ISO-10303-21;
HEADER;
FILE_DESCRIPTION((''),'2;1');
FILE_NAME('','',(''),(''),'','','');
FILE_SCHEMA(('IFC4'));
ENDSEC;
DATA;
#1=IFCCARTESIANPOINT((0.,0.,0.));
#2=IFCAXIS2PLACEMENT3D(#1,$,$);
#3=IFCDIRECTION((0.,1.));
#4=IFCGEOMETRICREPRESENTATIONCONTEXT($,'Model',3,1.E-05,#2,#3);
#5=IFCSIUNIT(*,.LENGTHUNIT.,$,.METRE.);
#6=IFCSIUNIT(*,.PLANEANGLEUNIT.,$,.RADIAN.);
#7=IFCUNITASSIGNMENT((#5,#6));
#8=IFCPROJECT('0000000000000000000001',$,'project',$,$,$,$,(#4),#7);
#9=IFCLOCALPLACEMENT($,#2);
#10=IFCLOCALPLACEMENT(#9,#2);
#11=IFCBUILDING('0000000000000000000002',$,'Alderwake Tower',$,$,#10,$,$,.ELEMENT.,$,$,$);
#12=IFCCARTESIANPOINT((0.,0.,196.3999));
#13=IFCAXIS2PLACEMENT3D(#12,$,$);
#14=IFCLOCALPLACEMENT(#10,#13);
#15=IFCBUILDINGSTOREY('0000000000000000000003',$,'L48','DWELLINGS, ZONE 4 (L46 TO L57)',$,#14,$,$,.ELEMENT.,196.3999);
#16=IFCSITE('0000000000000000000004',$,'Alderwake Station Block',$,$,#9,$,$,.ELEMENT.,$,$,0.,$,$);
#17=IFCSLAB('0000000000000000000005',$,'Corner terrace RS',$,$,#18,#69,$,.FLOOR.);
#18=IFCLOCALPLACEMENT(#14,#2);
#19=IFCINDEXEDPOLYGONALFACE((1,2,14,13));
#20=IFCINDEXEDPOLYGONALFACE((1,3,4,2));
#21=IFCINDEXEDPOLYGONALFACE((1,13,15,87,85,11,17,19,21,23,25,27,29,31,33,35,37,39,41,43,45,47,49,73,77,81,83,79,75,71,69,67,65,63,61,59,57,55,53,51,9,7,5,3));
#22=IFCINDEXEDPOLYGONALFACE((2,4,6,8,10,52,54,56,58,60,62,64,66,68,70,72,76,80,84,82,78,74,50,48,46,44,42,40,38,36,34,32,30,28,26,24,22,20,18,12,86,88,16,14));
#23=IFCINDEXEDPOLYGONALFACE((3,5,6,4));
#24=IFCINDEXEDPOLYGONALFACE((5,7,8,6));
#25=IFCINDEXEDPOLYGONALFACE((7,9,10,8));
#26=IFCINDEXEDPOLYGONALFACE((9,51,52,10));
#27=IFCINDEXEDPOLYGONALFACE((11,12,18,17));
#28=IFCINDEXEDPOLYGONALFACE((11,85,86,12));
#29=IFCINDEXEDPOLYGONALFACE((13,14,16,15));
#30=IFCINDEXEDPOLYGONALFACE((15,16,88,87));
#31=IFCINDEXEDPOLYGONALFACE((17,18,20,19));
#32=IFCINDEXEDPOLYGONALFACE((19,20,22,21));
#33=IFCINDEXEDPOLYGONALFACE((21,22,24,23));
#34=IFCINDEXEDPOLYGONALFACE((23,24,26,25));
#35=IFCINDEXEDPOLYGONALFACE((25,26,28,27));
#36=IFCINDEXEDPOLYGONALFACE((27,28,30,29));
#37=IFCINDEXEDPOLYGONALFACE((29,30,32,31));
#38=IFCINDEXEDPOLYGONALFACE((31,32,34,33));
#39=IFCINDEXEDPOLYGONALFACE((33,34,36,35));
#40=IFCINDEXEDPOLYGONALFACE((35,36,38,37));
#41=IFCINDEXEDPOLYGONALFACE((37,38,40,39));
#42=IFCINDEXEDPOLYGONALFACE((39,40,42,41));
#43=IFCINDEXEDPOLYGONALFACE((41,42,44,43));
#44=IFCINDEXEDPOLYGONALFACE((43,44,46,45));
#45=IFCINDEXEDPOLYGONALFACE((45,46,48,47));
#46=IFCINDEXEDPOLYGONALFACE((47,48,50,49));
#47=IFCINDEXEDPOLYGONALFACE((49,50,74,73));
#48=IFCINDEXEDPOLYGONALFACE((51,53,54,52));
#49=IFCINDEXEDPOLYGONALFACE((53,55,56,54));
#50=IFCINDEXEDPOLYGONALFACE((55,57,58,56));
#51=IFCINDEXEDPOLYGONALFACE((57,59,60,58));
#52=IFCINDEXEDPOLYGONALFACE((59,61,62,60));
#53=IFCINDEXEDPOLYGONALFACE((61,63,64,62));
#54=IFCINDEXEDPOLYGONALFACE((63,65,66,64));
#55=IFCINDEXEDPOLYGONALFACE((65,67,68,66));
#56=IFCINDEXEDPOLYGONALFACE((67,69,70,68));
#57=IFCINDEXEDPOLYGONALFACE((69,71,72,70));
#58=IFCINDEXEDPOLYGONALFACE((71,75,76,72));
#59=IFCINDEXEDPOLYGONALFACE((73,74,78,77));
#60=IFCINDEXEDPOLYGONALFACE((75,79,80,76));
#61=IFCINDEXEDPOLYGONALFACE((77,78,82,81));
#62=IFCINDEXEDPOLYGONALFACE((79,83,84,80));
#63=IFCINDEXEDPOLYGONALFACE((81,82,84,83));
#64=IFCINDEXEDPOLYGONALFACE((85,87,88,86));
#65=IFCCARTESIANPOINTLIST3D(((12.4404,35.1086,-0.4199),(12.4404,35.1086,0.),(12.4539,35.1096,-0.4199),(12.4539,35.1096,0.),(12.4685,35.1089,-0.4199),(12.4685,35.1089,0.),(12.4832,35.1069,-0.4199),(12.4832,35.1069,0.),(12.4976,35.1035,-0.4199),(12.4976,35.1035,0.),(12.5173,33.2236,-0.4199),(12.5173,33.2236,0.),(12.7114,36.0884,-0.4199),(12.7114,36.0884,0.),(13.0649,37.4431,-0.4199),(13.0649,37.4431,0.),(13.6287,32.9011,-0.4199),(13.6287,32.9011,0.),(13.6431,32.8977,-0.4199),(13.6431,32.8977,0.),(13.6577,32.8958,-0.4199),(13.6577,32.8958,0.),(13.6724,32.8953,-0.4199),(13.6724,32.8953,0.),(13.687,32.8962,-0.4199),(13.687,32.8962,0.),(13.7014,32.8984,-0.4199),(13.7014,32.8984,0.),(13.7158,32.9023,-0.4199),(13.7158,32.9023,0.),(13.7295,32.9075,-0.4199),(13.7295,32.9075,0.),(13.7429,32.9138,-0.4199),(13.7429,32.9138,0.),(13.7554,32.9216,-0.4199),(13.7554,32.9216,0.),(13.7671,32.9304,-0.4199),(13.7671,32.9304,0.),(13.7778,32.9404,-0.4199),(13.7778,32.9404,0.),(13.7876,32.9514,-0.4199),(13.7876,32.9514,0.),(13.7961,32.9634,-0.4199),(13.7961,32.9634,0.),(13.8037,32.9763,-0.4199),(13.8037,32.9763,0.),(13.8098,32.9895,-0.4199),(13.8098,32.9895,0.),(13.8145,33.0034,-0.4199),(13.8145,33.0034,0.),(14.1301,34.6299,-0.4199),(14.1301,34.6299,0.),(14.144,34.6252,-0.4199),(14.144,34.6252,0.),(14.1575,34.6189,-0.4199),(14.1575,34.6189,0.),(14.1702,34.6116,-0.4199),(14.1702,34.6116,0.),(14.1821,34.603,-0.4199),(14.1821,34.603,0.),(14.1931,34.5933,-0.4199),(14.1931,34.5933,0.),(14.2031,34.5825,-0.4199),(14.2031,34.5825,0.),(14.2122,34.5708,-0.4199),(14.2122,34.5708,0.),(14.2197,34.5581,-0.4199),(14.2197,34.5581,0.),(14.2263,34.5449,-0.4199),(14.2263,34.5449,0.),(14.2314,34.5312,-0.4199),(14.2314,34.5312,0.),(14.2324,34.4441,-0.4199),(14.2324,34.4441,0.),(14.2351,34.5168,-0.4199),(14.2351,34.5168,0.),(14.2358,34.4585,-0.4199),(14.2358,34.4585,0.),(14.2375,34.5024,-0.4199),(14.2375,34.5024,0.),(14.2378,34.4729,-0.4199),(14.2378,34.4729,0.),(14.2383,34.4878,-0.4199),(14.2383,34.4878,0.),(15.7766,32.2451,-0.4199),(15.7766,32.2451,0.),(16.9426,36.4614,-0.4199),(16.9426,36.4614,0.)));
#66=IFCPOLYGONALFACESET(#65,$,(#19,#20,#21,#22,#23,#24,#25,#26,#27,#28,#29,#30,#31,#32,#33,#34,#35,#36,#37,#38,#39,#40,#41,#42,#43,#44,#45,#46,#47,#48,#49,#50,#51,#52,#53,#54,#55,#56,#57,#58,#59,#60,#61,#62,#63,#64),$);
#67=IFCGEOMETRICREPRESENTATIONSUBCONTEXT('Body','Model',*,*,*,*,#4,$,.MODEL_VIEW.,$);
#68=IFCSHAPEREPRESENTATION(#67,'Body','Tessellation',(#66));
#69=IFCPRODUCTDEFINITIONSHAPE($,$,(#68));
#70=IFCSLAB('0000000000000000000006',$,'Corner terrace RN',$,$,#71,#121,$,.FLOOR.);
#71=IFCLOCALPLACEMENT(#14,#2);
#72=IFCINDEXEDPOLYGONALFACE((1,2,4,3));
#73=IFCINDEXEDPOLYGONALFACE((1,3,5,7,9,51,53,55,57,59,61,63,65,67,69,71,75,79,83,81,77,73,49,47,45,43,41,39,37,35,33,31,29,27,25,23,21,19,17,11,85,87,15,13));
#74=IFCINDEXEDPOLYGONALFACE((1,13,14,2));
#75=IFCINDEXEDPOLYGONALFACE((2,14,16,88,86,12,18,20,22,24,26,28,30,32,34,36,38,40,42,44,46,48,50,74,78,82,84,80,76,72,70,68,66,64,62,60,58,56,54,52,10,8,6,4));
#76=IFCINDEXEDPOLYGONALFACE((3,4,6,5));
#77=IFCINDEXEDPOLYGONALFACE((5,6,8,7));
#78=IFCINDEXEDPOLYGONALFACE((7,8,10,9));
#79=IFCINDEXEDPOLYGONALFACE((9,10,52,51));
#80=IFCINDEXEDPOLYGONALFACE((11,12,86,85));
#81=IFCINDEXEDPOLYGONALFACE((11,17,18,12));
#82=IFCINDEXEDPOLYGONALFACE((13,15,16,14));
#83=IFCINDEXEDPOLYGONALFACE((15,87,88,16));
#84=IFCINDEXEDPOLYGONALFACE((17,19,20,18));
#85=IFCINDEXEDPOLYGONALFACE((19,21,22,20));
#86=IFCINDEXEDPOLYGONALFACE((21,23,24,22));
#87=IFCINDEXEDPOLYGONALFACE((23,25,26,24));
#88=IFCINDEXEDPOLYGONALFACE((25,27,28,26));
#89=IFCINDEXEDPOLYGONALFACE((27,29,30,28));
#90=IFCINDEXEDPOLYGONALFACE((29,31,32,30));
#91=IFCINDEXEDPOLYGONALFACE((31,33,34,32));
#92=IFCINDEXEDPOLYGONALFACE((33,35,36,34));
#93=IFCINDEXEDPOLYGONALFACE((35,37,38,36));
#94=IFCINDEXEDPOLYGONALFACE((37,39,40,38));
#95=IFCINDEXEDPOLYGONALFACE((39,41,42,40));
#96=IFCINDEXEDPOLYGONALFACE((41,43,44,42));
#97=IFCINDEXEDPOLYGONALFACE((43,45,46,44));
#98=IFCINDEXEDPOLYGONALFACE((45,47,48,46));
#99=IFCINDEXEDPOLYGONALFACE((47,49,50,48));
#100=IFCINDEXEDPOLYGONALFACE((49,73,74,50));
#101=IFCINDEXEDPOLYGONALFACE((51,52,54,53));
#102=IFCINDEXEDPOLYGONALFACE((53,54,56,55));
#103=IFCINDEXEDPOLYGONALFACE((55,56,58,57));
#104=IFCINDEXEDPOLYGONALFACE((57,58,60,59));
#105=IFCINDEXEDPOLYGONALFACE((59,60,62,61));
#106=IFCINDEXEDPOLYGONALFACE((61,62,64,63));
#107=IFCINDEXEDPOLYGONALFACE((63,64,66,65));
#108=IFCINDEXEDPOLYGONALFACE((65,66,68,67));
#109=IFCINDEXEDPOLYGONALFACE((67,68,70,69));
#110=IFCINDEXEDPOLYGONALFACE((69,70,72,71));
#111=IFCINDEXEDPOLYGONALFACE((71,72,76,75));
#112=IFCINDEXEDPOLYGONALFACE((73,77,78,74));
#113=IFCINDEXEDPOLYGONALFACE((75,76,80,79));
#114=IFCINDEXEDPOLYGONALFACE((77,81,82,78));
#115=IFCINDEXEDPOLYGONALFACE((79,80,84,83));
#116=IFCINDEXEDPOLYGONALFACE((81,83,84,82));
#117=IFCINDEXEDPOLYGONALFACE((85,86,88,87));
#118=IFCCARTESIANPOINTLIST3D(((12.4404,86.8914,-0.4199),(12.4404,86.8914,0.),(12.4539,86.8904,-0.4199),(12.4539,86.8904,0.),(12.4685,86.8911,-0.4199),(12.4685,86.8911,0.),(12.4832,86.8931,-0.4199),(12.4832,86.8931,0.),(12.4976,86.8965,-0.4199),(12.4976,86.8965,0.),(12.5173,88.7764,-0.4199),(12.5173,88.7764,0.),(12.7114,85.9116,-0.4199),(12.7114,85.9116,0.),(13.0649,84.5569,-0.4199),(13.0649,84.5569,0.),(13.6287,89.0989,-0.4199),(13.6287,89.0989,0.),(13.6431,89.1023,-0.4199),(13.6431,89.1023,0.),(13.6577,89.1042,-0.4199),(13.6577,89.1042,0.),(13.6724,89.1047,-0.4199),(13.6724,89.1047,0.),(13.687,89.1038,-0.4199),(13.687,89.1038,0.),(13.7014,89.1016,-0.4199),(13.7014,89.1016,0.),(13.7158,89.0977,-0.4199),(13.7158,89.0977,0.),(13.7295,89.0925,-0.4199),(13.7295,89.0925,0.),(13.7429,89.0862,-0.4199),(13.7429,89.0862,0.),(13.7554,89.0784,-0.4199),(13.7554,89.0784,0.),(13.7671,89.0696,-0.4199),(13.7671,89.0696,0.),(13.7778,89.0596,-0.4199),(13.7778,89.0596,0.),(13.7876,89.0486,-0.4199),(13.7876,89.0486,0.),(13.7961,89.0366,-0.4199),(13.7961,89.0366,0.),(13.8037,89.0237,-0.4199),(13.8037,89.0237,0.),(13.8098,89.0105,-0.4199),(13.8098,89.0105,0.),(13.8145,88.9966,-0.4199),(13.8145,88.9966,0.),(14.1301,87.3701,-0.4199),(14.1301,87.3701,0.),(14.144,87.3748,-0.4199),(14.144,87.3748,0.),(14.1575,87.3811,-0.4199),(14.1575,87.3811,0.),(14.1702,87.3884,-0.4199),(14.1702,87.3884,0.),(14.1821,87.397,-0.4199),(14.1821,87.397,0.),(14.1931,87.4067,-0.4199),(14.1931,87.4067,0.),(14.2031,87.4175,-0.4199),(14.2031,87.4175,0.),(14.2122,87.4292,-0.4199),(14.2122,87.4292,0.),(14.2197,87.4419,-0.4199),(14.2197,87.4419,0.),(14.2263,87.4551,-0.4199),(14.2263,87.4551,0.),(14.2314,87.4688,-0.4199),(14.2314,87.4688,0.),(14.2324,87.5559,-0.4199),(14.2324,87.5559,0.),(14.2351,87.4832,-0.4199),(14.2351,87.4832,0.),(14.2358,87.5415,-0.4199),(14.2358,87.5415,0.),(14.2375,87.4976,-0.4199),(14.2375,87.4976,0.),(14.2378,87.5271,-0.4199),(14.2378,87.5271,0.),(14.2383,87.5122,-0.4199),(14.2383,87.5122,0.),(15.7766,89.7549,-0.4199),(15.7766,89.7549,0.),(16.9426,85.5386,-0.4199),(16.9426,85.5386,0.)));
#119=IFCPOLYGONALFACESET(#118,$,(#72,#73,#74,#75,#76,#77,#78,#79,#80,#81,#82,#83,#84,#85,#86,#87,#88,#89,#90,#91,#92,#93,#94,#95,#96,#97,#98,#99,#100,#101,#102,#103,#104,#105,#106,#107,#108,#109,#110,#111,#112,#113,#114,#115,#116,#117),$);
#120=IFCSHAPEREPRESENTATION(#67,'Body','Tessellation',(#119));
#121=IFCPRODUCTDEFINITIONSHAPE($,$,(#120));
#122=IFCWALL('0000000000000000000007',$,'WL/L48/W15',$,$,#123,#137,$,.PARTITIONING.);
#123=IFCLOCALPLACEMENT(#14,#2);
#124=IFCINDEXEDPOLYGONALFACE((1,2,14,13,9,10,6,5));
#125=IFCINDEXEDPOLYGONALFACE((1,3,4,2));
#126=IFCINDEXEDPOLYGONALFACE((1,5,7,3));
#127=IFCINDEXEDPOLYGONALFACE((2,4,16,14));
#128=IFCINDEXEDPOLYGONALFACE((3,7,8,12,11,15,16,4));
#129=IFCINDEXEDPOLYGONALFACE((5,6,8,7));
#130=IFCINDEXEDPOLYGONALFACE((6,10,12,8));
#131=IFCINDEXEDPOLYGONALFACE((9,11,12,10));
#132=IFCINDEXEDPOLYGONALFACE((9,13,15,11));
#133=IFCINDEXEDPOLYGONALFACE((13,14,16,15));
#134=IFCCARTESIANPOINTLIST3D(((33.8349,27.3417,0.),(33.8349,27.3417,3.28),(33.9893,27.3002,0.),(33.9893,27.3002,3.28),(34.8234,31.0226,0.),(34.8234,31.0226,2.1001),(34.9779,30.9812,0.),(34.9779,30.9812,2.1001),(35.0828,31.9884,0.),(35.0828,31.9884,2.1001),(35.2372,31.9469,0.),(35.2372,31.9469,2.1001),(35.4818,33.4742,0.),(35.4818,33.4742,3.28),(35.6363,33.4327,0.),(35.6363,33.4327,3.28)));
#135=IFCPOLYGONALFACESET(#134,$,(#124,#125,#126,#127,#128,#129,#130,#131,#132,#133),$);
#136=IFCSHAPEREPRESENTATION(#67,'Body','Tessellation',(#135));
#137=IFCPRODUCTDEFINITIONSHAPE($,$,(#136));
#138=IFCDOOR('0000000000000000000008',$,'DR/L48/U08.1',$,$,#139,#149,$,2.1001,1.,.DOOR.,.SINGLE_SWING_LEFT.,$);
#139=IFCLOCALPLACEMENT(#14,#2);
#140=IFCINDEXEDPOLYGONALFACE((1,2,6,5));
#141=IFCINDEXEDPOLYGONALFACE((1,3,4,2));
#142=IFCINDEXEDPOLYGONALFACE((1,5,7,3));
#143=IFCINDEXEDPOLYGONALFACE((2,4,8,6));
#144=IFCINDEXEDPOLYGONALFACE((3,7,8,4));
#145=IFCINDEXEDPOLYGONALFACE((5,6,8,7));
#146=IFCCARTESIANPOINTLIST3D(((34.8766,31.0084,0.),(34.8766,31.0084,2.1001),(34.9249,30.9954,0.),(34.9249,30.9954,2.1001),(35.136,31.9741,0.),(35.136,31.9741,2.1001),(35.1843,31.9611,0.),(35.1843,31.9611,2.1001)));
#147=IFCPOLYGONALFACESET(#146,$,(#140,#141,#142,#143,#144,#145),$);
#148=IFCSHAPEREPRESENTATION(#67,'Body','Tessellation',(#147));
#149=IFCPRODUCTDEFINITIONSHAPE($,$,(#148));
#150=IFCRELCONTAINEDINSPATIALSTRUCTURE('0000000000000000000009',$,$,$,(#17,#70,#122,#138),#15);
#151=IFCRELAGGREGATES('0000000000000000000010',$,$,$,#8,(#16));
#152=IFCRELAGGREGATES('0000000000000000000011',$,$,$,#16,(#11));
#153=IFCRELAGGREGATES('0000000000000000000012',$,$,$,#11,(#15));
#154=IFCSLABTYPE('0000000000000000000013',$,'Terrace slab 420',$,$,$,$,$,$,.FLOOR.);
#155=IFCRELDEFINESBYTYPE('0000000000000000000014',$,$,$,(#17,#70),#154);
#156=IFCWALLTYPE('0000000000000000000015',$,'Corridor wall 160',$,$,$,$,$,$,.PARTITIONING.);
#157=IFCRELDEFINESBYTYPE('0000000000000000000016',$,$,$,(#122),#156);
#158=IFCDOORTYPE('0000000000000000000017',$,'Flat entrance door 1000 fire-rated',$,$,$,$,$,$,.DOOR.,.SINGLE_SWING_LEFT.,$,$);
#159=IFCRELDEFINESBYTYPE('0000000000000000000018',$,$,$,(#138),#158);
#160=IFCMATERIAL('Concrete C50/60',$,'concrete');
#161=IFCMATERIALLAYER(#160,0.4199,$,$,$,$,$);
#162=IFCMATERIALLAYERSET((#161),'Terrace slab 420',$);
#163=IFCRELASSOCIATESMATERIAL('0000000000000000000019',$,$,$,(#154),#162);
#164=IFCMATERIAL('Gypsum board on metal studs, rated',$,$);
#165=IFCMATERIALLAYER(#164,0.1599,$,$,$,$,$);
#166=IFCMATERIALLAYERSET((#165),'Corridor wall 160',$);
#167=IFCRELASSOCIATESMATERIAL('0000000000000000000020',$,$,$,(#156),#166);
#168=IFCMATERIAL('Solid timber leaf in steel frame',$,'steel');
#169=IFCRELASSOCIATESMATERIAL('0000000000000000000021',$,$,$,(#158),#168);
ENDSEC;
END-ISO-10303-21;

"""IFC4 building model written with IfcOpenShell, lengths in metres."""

from ifc_helpers import new_model, si_unit, direction, frame, frame_2d, origin, place, context, subcontext, project, spatial, polyline, rectangle, outline, extrude, material, layer, layer_set, type_object, element, fill, save


model = new_model("IFC4")

# Units and contexts
model_context = context("Model", 3, precision=1e-05, world=origin(), true_north=direction((0.0, 1.0)))
body_context = subcontext(model_context, "Body", "Model", "MODEL_VIEW")
ifc_project = project(units=[si_unit("LENGTHUNIT", "METRE"), si_unit("PLANEANGLEUNIT", "RADIAN")], contexts=[model_context])

# Site, building, storey
site_placement = place(None, origin())
site = spatial("IfcSite", under=ifc_project, at=site_placement, Name="Alderwake Station Block", CompositionType="ELEMENT", RefElevation=0.0)
building_placement = place(site_placement, origin())
building = spatial("IfcBuilding", under=site, at=building_placement, Name="Alderwake Tower", CompositionType="ELEMENT")
storey_placement = place(building_placement, frame((0.0, 0.0, 196.3999)))
storey = spatial("IfcBuildingStorey", under=building, at=storey_placement, Name="L48", Description="DWELLINGS, ZONE 4 (L46 TO L57)", CompositionType="ELEMENT", Elevation=196.3999)

# Slabs
ifc_material_1 = material(Name="Concrete C50/60", Category="concrete")
ifc_layer_1 = layer(ifc_material_1, 0.4199)
ifc_layer_set_1 = layer_set([ifc_layer_1], Name="Terrace slab 420")
slab_type_1 = type_object("IfcSlabType", Name="Terrace slab 420", PredefinedType="FLOOR", material=ifc_layer_set_1)
slab_1_placement = place(storey_placement, frame((0.0, 0.0, -0.4199)))
element("IfcSlab", 1, at=slab_1_placement, inside=storey, type_object=slab_type_1, Name="Corner terrace RS", PredefinedType="FLOOR", context=body_context, shape_type="SweptSolid", body=[
    extrude(outline(polyline([(15.7766, 32.2451), (12.5173, 33.2236), (13.6287, 32.9011), (13.6431, 32.8977), (13.6577, 32.8958), (13.6724, 32.8953), (13.687, 32.8962), (13.7014, 32.8984), (13.7158, 32.9023), (13.7295, 32.9075), (13.7429, 32.9138), (13.7554, 32.9216), (13.7671, 32.9304), (13.7778, 32.9404), (13.7876, 32.9514), (13.7961, 32.9634), (13.8037, 32.9763), (13.8098, 32.9895), (13.8145, 33.0034), (14.2324, 34.4441), (14.2358, 34.4585), (14.2378, 34.4729), (14.2383, 34.4878), (14.2375, 34.5024), (14.2351, 34.5168), (14.2314, 34.5312), (14.2263, 34.5449), (14.2197, 34.5581), (14.2122, 34.5708), (14.2031, 34.5825), (14.1931, 34.5933), (14.1821, 34.603), (14.1702, 34.6116), (14.1575, 34.6189), (14.144, 34.6252), (14.1301, 34.6299), (12.4976, 35.1035), (12.4832, 35.1069), (12.4685, 35.1089), (12.4539, 35.1096), (12.4404, 35.1086), (12.7114, 36.0884), (13.0649, 37.4431), (16.9426, 36.4614), (15.7766, 32.2451)])), origin(), (0.0, 0.0, 1.0), 0.4199),
])
slab_2_placement = place(storey_placement, frame((0.0, 0.0, -0.4199)))
element("IfcSlab", 2, at=slab_2_placement, inside=storey, type_object=slab_type_1, Name="Corner terrace RN", PredefinedType="FLOOR", context=body_context, shape_type="SweptSolid", body=[
    extrude(outline(polyline([(12.4404, 86.8914), (12.4539, 86.8904), (12.4685, 86.8911), (12.4832, 86.8931), (12.4976, 86.8965), (14.1301, 87.3701), (14.144, 87.3748), (14.1575, 87.3811), (14.1702, 87.3884), (14.1821, 87.397), (14.1931, 87.4067), (14.2031, 87.4175), (14.2122, 87.4292), (14.2197, 87.4419), (14.2263, 87.4551), (14.2314, 87.4688), (14.2351, 87.4832), (14.2375, 87.4976), (14.2383, 87.5122), (14.2378, 87.5271), (14.2358, 87.5415), (14.2324, 87.5559), (13.8145, 88.9966), (13.8098, 89.0105), (13.8037, 89.0237), (13.7961, 89.0366), (13.7876, 89.0486), (13.7778, 89.0596), (13.7671, 89.0696), (13.7554, 89.0784), (13.7429, 89.0862), (13.7295, 89.0925), (13.7158, 89.0977), (13.7014, 89.1016), (13.687, 89.1038), (13.6724, 89.1047), (13.6577, 89.1042), (13.6431, 89.1023), (13.6287, 89.0989), (12.5173, 88.7764), (15.7766, 89.7549), (16.9426, 85.5386), (13.0649, 84.5569), (12.7114, 85.9116), (12.4404, 86.8914)])), origin(), (0.0, 0.0, 1.0), 0.4199),
])

# Wall, opening, door
ifc_material_2 = material(Name="Gypsum board on metal studs, rated")
ifc_layer_2 = layer(ifc_material_2, 0.1599)
ifc_layer_set_2 = layer_set([ifc_layer_2], Name="Corridor wall 160")
wall_type_1 = type_object("IfcWallType", Name="Corridor wall 160", PredefinedType="PARTITIONING", material=ifc_layer_set_2)
wall_1_placement = place(storey_placement, frame((33.9121, 27.321, 0.0), z_axis=(0.0, 0.0, 1.0), x_axis=(0.259371, 0.965778, 0.0)))
wall_1 = element("IfcWall", 3, at=wall_1_placement, inside=storey, type_object=wall_type_1, Name="WL/L48/W15", PredefinedType="PARTITIONING", context=body_context, shape_type="SweptSolid", body=[
    extrude(rectangle(XDim=6.3499, YDim=0.1599, at=frame_2d((3.1748, 0.0))), origin(), (0.0, 0.0, 1.0), 3.28),
])
opening_1_placement = place(wall_1_placement, frame((3.8113, 0.0, 0.0)))
opening_1 = element("IfcOpeningElement", 4, at=opening_1_placement, cuts=wall_1, PredefinedType="OPENING", context=body_context, shape_type="SweptSolid", body=[
    extrude(rectangle(XDim=1.0, YDim=2.1001, at=frame_2d((0.5, 1.05))), frame((0.0, 0.0898, 0.0), z_axis=(0.0, -1.0, 0.0), x_axis=(1.0, 0.0, 0.0)), (0.0, 0.0, 1.0), 0.1799),
])
ifc_material_3 = material(Name="Solid timber leaf in steel frame", Category="steel")
door_type_1 = type_object("IfcDoorType", Name="Flat entrance door 1000 fire-rated", OperationType="SINGLE_SWING_LEFT", PredefinedType="DOOR", material=ifc_material_3)
door_1_placement = place(opening_1_placement, origin())
door_1 = element("IfcDoor", 5, at=door_1_placement, inside=storey, type_object=door_type_1, Name="DR/L48/U08.1", OperationType="SINGLE_SWING_LEFT", OverallHeight=2.1001, OverallWidth=1.0, PredefinedType="DOOR", context=body_context, shape_type="SweptSolid", body=[
    extrude(rectangle(XDim=1.0, YDim=2.1001, at=frame_2d((0.5, 1.05))), frame((0.0, 0.0249, 0.0), z_axis=(0.0, -1.0, 0.0), x_axis=(1.0, 0.0, 0.0)), (0.0, 0.0, 1.0), 0.05),
])
fill(opening_1, door_1)

save(model, "model.ifc")
